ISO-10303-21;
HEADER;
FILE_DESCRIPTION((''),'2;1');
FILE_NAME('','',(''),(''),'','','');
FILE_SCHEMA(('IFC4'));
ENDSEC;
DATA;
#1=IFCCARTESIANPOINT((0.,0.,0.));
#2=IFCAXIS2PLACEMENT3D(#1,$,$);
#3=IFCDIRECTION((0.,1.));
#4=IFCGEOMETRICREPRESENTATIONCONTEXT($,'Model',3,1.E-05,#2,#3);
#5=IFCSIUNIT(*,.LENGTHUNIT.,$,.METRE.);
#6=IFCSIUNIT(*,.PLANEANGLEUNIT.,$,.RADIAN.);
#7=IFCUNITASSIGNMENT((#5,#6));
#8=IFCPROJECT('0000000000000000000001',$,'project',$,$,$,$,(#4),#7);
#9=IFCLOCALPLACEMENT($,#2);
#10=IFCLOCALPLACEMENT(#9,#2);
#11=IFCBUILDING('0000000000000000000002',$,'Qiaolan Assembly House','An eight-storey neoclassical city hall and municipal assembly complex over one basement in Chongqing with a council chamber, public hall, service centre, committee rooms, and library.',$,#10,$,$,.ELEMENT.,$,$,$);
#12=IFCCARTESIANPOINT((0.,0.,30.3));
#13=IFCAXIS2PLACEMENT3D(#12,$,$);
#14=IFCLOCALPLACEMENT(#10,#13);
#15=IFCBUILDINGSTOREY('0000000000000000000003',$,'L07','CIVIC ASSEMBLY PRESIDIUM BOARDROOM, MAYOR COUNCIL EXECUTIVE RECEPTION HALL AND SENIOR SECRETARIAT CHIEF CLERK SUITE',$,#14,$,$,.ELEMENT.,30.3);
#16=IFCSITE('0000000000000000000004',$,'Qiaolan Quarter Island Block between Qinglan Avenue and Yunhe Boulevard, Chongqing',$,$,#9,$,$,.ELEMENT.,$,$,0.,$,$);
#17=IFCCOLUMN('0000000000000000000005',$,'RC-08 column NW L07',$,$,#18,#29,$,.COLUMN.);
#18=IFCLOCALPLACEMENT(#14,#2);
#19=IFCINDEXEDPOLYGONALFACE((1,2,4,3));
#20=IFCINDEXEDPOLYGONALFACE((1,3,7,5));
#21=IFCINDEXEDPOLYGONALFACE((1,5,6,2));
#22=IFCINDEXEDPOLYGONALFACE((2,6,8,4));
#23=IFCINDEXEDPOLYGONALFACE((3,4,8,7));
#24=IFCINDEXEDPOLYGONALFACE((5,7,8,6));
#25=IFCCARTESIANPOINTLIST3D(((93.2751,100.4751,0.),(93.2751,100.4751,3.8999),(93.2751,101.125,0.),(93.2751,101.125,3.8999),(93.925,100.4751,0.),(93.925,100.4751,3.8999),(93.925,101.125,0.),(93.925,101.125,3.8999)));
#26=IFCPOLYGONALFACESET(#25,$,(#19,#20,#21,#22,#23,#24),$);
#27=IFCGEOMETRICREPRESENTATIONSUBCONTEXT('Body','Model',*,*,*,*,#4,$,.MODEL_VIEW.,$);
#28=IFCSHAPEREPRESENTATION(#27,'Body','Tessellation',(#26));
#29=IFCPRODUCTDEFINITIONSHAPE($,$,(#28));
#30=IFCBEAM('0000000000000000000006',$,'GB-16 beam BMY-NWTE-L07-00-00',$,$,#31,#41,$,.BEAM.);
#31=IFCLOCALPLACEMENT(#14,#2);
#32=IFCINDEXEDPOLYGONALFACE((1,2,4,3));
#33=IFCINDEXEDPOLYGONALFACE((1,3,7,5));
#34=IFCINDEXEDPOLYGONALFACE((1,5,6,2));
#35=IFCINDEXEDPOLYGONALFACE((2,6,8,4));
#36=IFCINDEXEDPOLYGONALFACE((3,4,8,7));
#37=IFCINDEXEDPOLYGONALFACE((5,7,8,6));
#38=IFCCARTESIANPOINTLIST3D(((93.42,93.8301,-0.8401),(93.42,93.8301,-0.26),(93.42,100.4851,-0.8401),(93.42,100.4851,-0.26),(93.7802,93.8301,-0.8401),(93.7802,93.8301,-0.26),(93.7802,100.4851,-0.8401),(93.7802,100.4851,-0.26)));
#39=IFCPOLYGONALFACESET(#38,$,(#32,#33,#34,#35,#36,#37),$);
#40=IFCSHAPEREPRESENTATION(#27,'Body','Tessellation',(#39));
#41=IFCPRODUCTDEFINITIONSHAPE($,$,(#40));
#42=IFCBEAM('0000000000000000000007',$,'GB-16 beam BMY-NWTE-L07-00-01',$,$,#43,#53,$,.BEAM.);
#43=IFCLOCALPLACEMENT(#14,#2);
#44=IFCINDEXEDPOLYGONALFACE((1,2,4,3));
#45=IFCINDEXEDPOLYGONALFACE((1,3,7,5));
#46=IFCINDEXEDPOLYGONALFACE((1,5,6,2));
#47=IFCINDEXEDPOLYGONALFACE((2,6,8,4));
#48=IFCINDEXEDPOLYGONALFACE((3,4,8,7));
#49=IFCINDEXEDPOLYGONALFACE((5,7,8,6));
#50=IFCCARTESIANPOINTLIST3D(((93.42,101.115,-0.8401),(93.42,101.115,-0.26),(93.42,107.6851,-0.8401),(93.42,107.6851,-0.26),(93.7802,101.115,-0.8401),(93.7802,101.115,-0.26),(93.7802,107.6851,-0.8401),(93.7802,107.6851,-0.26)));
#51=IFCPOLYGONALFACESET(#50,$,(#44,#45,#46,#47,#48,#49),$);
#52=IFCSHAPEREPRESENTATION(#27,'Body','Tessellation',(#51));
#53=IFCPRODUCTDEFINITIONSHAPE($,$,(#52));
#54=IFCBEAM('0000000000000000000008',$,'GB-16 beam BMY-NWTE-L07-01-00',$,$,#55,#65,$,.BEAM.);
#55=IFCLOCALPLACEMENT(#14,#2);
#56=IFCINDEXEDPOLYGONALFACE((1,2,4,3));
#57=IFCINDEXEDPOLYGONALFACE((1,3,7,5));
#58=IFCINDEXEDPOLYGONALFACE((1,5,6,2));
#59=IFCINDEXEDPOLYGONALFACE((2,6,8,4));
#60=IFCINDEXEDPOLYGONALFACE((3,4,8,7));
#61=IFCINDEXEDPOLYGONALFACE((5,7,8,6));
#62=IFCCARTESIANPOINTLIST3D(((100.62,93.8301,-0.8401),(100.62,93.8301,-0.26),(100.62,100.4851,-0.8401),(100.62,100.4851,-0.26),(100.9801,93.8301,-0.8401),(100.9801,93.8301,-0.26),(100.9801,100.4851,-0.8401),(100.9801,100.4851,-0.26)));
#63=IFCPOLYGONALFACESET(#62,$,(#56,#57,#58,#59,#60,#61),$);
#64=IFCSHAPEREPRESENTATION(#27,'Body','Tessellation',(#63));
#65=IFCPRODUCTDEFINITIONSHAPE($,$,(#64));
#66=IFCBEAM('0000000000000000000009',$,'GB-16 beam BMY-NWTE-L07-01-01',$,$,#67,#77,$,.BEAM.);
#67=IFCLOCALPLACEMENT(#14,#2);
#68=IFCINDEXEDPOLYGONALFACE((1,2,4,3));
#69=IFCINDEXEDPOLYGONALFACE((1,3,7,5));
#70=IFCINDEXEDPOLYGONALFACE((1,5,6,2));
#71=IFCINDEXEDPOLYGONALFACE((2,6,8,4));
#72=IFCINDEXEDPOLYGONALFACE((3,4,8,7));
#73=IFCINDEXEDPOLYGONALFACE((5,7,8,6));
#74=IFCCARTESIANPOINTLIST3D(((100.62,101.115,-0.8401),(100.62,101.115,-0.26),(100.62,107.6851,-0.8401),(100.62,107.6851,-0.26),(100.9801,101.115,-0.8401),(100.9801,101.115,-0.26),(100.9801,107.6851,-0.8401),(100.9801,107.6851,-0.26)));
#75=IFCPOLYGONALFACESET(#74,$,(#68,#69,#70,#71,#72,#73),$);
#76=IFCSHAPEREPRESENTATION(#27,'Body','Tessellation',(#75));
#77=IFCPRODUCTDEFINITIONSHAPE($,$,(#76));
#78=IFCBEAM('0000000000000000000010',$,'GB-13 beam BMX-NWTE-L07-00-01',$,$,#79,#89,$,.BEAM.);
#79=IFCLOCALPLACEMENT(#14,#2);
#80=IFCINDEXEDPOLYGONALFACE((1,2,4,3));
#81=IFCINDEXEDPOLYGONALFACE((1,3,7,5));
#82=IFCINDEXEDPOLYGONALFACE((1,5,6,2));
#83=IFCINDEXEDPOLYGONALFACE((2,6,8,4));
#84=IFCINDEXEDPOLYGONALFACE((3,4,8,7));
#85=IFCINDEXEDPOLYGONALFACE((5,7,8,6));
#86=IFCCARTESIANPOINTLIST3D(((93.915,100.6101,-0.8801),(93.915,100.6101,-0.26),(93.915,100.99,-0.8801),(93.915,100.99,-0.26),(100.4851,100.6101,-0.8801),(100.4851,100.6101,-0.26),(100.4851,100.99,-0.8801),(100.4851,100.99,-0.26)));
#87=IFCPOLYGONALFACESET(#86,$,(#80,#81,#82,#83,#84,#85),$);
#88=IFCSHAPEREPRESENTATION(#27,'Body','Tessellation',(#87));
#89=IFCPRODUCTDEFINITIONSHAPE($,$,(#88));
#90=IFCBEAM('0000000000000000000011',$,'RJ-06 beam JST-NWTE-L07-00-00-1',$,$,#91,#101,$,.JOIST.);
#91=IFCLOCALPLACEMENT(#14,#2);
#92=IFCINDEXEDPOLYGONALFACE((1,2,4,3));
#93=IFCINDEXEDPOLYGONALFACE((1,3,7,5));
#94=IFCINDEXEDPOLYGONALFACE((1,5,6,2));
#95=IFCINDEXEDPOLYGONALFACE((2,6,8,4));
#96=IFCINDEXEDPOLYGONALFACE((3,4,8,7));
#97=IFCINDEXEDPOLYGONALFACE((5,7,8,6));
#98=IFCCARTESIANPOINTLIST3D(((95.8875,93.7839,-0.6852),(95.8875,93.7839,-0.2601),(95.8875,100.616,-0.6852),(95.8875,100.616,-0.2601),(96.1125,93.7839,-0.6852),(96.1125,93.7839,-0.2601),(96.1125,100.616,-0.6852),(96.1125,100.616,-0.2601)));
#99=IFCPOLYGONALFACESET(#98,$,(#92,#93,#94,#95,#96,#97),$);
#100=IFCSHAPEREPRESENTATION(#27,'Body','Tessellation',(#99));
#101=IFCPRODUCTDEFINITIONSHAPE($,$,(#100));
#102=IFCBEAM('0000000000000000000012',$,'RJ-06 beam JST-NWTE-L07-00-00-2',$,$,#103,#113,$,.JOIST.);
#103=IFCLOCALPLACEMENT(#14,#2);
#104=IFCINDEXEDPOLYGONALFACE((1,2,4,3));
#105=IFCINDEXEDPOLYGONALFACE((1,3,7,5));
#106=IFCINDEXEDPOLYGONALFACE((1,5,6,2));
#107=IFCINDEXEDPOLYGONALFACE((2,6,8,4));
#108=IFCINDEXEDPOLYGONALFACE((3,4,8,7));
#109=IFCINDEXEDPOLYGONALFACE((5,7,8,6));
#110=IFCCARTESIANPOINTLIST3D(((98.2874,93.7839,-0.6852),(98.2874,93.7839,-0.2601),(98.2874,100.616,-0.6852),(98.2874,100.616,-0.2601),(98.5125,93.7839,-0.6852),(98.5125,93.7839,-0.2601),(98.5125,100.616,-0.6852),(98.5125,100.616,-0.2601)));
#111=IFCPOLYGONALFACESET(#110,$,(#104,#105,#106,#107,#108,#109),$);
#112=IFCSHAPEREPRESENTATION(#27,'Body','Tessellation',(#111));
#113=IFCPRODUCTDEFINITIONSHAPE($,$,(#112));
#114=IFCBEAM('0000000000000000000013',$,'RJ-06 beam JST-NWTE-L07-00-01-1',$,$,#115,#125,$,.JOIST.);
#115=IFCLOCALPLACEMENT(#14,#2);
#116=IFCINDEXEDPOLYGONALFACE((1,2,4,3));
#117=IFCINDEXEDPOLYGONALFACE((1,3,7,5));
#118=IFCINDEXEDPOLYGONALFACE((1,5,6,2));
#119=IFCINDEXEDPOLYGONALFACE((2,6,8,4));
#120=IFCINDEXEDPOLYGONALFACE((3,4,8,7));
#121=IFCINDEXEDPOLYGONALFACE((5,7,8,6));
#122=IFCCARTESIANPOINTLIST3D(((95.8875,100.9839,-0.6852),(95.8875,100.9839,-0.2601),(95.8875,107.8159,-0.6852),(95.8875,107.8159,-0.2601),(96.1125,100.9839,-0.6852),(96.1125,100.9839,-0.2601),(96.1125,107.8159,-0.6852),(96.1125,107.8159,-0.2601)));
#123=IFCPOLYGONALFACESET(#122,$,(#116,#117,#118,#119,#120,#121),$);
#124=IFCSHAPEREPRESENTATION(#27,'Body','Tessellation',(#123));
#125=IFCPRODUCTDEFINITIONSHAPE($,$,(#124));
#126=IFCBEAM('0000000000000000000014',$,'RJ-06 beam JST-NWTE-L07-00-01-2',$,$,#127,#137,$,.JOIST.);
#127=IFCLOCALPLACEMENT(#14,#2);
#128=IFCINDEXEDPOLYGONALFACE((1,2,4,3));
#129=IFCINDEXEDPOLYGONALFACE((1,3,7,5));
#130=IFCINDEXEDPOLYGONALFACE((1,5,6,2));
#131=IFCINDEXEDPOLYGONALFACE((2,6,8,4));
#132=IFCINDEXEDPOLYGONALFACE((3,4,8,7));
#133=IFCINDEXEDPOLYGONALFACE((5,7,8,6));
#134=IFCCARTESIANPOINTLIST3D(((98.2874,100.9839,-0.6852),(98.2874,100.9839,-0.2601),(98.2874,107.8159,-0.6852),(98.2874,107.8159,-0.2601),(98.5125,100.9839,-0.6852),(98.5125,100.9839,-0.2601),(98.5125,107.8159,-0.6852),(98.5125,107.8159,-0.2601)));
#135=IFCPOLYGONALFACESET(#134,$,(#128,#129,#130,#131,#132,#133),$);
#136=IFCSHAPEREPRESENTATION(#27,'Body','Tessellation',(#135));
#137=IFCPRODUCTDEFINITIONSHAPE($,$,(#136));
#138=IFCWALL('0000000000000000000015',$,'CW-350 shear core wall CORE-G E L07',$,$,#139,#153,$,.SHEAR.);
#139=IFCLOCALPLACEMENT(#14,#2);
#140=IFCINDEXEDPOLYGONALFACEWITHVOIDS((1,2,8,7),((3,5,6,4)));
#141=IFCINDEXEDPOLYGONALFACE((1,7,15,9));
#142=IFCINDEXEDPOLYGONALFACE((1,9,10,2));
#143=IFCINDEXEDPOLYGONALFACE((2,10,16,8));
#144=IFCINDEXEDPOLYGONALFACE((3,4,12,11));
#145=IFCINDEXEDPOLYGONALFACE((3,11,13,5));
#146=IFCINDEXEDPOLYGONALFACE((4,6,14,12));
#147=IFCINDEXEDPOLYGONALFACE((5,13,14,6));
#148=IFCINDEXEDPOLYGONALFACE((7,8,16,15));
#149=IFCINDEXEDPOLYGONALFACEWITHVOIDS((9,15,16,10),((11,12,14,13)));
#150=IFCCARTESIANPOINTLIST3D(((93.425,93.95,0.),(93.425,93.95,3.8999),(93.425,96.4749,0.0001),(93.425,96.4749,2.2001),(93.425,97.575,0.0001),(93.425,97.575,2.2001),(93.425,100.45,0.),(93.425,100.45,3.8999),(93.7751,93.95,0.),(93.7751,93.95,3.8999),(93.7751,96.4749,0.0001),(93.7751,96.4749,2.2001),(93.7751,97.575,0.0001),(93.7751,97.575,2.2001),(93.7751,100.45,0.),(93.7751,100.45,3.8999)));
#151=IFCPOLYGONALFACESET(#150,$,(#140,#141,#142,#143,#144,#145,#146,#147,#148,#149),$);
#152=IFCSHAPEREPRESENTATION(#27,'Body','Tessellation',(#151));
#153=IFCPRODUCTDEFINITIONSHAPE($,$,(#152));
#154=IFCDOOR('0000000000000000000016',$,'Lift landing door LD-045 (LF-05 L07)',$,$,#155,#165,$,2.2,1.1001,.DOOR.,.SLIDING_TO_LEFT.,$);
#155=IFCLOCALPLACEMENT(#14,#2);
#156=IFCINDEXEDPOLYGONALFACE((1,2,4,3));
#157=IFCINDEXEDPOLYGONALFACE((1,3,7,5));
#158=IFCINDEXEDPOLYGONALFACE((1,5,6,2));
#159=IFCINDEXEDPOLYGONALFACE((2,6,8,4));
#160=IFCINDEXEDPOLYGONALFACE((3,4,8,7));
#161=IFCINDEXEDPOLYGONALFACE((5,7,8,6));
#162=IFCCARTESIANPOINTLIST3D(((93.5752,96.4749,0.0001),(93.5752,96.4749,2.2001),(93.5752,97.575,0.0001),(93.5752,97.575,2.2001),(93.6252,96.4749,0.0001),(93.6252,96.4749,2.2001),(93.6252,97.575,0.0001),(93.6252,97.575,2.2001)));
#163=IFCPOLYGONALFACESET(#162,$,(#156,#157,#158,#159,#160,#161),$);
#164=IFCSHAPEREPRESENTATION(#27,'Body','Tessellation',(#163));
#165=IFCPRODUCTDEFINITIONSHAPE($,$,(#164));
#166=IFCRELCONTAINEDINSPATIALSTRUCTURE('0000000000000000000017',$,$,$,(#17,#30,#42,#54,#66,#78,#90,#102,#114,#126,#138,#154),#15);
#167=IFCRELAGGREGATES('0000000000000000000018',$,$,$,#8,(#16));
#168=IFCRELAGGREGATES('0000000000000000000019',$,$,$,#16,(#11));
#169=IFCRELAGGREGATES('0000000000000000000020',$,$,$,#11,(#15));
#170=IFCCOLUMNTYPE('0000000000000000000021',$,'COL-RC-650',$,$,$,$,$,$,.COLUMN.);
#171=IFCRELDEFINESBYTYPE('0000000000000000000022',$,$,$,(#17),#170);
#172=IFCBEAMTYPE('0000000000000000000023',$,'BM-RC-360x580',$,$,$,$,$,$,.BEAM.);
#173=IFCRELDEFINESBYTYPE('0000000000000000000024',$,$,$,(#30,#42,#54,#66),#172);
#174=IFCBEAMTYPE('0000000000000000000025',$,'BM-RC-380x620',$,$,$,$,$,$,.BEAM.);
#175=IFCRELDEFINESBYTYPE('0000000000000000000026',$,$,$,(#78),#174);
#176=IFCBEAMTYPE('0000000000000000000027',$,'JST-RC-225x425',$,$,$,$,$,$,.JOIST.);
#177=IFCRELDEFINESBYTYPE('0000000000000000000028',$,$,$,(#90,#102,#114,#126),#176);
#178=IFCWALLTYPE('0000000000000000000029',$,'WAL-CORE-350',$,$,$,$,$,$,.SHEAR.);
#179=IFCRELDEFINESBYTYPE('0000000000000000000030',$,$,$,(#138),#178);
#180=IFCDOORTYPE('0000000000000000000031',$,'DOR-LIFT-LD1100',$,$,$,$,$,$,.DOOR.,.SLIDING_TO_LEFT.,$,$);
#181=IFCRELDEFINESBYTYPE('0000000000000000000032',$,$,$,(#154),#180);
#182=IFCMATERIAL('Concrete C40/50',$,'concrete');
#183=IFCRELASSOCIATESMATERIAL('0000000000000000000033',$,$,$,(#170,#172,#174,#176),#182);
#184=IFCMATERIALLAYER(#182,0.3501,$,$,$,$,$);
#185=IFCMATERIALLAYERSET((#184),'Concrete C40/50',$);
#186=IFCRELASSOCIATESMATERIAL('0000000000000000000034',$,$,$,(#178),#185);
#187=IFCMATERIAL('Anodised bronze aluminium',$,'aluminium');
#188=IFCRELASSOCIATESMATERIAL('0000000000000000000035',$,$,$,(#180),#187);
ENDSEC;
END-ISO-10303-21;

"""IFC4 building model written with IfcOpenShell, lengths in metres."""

from ifc_helpers import new_model, si_unit, direction, frame, frame_2d, origin, origin_2d, place, context, subcontext, project, spatial, rectangle, extrude, material, layer, layer_set, material_profile, profile_set, type_object, element, fill, save


model = new_model("IFC4")

# Units and contexts
model_context = context("Model", 3, precision=1e-05, world=origin(), true_north=direction((0.0, 1.0)))
body_context = subcontext(model_context, "Body", "Model", "MODEL_VIEW")
ifc_project = project(units=[si_unit("LENGTHUNIT", "METRE"), si_unit("PLANEANGLEUNIT", "RADIAN")], contexts=[model_context])

# Site, building, storey
site_placement = place(None, origin())
site = spatial("IfcSite", under=ifc_project, at=site_placement, Name="Qiaolan Quarter Island Block between Qinglan Avenue and Yunhe Boulevard, Chongqing", CompositionType="ELEMENT", RefElevation=0.0)
building_placement = place(site_placement, origin())
building = spatial("IfcBuilding", under=site, at=building_placement, Name="Qiaolan Assembly House", Description="An eight-storey neoclassical city hall and municipal assembly complex over one basement in Chongqing with a council chamber, public hall, service centre, committee rooms, and library.", CompositionType="ELEMENT")
storey_placement = place(building_placement, frame((0.0, 0.0, 30.3)))
storey = spatial("IfcBuildingStorey", under=building, at=storey_placement, Name="L07", Description="CIVIC ASSEMBLY PRESIDIUM BOARDROOM, MAYOR COUNCIL EXECUTIVE RECEPTION HALL AND SENIOR SECRETARIAT CHIEF CLERK SUITE", CompositionType="ELEMENT", Elevation=30.3)

# Column
ifc_material_1 = material(Name="Concrete C40/50", Category="concrete")
ifc_material_profile_1 = material_profile(ifc_material_1, rectangle(XDim=0.6499, YDim=0.6499, at=origin_2d()), Name="RC 650x650")
ifc_profile_set_1 = profile_set([ifc_material_profile_1], Name="Concrete C40/50")
column_type = type_object("IfcColumnType", Name="COL-RC-650", PredefinedType="COLUMN", material=ifc_profile_set_1)
column_placement = place(storey_placement, frame((93.6001, 100.8, 0.0), z_axis=(0.0, 0.0, 1.0), x_axis=(1.0, 0.0, 0.0)))
element("IfcColumn", 1, at=column_placement, inside=storey, type_object=column_type, Name="RC-08 column NW L07", PredefinedType="COLUMN", context=body_context, shape_type="SweptSolid", body=[
    extrude(rectangle(XDim=0.6499, YDim=0.6499, at=origin_2d()), origin(), (0.0, 0.0, 1.0), 3.8999),
])

# Beams
ifc_material_profile_2 = material_profile(ifc_material_1, rectangle(XDim=0.3601, YDim=0.5801, at=origin_2d()), Name="RCB 360x580")
ifc_profile_set_2 = profile_set([ifc_material_profile_2], Name="Concrete C40/50")
beam_type_1 = type_object("IfcBeamType", Name="BM-RC-360x580", PredefinedType="BEAM", material=ifc_profile_set_2)
beam_1_placement = place(storey_placement, frame((93.6001, 93.8301, -0.55), z_axis=(0.0, 1.0, 0.0), x_axis=(-1.0, 0.0, 0.0)))
element("IfcBeam", 2, at=beam_1_placement, inside=storey, type_object=beam_type_1, Name="GB-16 beam BMY-NWTE-L07-00-00", PredefinedType="BEAM", context=body_context, shape_type="SweptSolid", body=[
    extrude(rectangle(XDim=0.3601, YDim=0.5801, at=origin_2d()), origin(), (0.0, 0.0, 1.0), 6.655),
])
beam_2_placement = place(storey_placement, frame((93.6001, 101.115, -0.55), z_axis=(0.0, 1.0, 0.0), x_axis=(-1.0, 0.0, 0.0)))
element("IfcBeam", 3, at=beam_2_placement, inside=storey, type_object=beam_type_1, Name="GB-16 beam BMY-NWTE-L07-00-01", PredefinedType="BEAM", context=body_context, shape_type="SweptSolid", body=[
    extrude(rectangle(XDim=0.3601, YDim=0.5801, at=origin_2d()), origin(), (0.0, 0.0, 1.0), 6.5701),
])
beam_3_placement = place(storey_placement, frame((100.8, 93.8301, -0.55), z_axis=(0.0, 1.0, 0.0), x_axis=(-1.0, 0.0, 0.0)))
element("IfcBeam", 4, at=beam_3_placement, inside=storey, type_object=beam_type_1, Name="GB-16 beam BMY-NWTE-L07-01-00", PredefinedType="BEAM", context=body_context, shape_type="SweptSolid", body=[
    extrude(rectangle(XDim=0.3601, YDim=0.5801, at=origin_2d()), origin(), (0.0, 0.0, 1.0), 6.655),
])
beam_4_placement = place(storey_placement, frame((100.8, 101.115, -0.55), z_axis=(0.0, 1.0, 0.0), x_axis=(-1.0, 0.0, 0.0)))
element("IfcBeam", 5, at=beam_4_placement, inside=storey, type_object=beam_type_1, Name="GB-16 beam BMY-NWTE-L07-01-01", PredefinedType="BEAM", context=body_context, shape_type="SweptSolid", body=[
    extrude(rectangle(XDim=0.3601, YDim=0.5801, at=origin_2d()), origin(), (0.0, 0.0, 1.0), 6.5701),
])
ifc_material_profile_3 = material_profile(ifc_material_1, rectangle(XDim=0.3799, YDim=0.6201, at=origin_2d()), Name="RCB 380x620")
ifc_profile_set_3 = profile_set([ifc_material_profile_3], Name="Concrete C40/50")
beam_type_2 = type_object("IfcBeamType", Name="BM-RC-380x620", PredefinedType="BEAM", material=ifc_profile_set_3)
beam_5_placement = place(storey_placement, frame((93.915, 100.8, -0.5701), z_axis=(1.0, 0.0, 0.0), x_axis=(0.0, 1.0, 0.0)))
element("IfcBeam", 6, at=beam_5_placement, inside=storey, type_object=beam_type_2, Name="GB-13 beam BMX-NWTE-L07-00-01", PredefinedType="BEAM", context=body_context, shape_type="SweptSolid", body=[
    extrude(rectangle(XDim=0.3799, YDim=0.6201, at=origin_2d()), origin(), (0.0, 0.0, 1.0), 6.5701),
])
ifc_material_profile_4 = material_profile(ifc_material_1, rectangle(XDim=0.2251, YDim=0.425, at=origin_2d()), Name="RCB 225x425")
ifc_profile_set_4 = profile_set([ifc_material_profile_4], Name="Concrete C40/50")
beam_type_3 = type_object("IfcBeamType", Name="JST-RC-225x425", PredefinedType="JOIST", material=ifc_profile_set_4)
for number, where, z_axis, x_axis, name in (
    (7, (96.0, 93.7839, -0.4727), (0.0, 1.0, 0.0), (-1.0, 0.0, 0.0), "RJ-06 beam JST-NWTE-L07-00-00-1"),
    (8, (98.3999, 93.7839, -0.4727), (0.0, 1.0, 0.0), (-1.0, 0.0, 0.0), "RJ-06 beam JST-NWTE-L07-00-00-2"),
    (9, (96.0, 100.9839, -0.4727), (0.0, 1.0, 0.0), (-1.0, 0.0, 0.0), "RJ-06 beam JST-NWTE-L07-00-01-1"),
    (10, (98.3999, 100.9839, -0.4727), (0.0, 1.0, 0.0), (-1.0, 0.0, 0.0), "RJ-06 beam JST-NWTE-L07-00-01-2"),
):
    element("IfcBeam", number, at=place(storey_placement, frame(where, z_axis=z_axis, x_axis=x_axis)), inside=storey, type_object=beam_type_3, Name=name, PredefinedType="JOIST", context=body_context, shape_type="SweptSolid", body=[
        extrude(rectangle(XDim=0.2251, YDim=0.425, at=origin_2d()), origin(), (0.0, 0.0, 1.0), 6.832),
    ])

# Wall, opening, door
ifc_layer_1 = layer(ifc_material_1, 0.3501)
ifc_layer_set_1 = layer_set([ifc_layer_1], Name="Concrete C40/50")
wall_type_1 = type_object("IfcWallType", Name="WAL-CORE-350", PredefinedType="SHEAR", material=ifc_layer_set_1)
wall_1_placement = place(storey_placement, frame((93.6001, 93.95, 0.0), z_axis=(0.0, 0.0, 1.0), x_axis=(0.0, 1.0, 0.0)))
wall_1 = element("IfcWall", 11, at=wall_1_placement, inside=storey, type_object=wall_type_1, Name="CW-350 shear core wall CORE-G E L07", PredefinedType="SHEAR", context=body_context, shape_type="SweptSolid", body=[
    extrude(rectangle(XDim=6.5, YDim=0.3501, at=frame_2d((3.25, 0.0))), origin(), (0.0, 0.0, 1.0), 3.8999),
])
opening_1_placement = place(wall_1_placement, frame((2.5249, 0.0, 0.0)))
opening_1 = element("IfcOpeningElement", 12, at=opening_1_placement, cuts=wall_1, PredefinedType="OPENING", context=body_context, shape_type="SweptSolid", body=[
    extrude(rectangle(XDim=1.1001, YDim=2.2, at=frame_2d((0.55, 1.1001))), frame((0.0, 0.1851, 0.0), z_axis=(0.0, -1.0, 0.0), x_axis=(1.0, 0.0, 0.0)), (0.0, 0.0, 1.0), 0.3701),
])
ifc_material_2 = material(Name="Anodised bronze aluminium", Category="aluminium")
door_type_1 = type_object("IfcDoorType", Name="DOR-LIFT-LD1100", OperationType="SLIDING_TO_LEFT", PredefinedType="DOOR", material=ifc_material_2)
door_1_placement = place(opening_1_placement, origin())
door_1 = element("IfcDoor", 13, at=door_1_placement, inside=storey, type_object=door_type_1, Name="Lift landing door LD-045 (LF-05 L07)", OperationType="SLIDING_TO_LEFT", OverallHeight=2.2, OverallWidth=1.1001, PredefinedType="DOOR", context=body_context, shape_type="SweptSolid", body=[
    extrude(rectangle(XDim=1.1001, YDim=2.2, at=frame_2d((0.55, 1.1001))), frame((0.0, 0.0249, 0.0), z_axis=(0.0, -1.0, 0.0), x_axis=(1.0, 0.0, 0.0)), (0.0, 0.0, 1.0), 0.05),
])
fill(opening_1, door_1)

save(model, "model.ifc")
